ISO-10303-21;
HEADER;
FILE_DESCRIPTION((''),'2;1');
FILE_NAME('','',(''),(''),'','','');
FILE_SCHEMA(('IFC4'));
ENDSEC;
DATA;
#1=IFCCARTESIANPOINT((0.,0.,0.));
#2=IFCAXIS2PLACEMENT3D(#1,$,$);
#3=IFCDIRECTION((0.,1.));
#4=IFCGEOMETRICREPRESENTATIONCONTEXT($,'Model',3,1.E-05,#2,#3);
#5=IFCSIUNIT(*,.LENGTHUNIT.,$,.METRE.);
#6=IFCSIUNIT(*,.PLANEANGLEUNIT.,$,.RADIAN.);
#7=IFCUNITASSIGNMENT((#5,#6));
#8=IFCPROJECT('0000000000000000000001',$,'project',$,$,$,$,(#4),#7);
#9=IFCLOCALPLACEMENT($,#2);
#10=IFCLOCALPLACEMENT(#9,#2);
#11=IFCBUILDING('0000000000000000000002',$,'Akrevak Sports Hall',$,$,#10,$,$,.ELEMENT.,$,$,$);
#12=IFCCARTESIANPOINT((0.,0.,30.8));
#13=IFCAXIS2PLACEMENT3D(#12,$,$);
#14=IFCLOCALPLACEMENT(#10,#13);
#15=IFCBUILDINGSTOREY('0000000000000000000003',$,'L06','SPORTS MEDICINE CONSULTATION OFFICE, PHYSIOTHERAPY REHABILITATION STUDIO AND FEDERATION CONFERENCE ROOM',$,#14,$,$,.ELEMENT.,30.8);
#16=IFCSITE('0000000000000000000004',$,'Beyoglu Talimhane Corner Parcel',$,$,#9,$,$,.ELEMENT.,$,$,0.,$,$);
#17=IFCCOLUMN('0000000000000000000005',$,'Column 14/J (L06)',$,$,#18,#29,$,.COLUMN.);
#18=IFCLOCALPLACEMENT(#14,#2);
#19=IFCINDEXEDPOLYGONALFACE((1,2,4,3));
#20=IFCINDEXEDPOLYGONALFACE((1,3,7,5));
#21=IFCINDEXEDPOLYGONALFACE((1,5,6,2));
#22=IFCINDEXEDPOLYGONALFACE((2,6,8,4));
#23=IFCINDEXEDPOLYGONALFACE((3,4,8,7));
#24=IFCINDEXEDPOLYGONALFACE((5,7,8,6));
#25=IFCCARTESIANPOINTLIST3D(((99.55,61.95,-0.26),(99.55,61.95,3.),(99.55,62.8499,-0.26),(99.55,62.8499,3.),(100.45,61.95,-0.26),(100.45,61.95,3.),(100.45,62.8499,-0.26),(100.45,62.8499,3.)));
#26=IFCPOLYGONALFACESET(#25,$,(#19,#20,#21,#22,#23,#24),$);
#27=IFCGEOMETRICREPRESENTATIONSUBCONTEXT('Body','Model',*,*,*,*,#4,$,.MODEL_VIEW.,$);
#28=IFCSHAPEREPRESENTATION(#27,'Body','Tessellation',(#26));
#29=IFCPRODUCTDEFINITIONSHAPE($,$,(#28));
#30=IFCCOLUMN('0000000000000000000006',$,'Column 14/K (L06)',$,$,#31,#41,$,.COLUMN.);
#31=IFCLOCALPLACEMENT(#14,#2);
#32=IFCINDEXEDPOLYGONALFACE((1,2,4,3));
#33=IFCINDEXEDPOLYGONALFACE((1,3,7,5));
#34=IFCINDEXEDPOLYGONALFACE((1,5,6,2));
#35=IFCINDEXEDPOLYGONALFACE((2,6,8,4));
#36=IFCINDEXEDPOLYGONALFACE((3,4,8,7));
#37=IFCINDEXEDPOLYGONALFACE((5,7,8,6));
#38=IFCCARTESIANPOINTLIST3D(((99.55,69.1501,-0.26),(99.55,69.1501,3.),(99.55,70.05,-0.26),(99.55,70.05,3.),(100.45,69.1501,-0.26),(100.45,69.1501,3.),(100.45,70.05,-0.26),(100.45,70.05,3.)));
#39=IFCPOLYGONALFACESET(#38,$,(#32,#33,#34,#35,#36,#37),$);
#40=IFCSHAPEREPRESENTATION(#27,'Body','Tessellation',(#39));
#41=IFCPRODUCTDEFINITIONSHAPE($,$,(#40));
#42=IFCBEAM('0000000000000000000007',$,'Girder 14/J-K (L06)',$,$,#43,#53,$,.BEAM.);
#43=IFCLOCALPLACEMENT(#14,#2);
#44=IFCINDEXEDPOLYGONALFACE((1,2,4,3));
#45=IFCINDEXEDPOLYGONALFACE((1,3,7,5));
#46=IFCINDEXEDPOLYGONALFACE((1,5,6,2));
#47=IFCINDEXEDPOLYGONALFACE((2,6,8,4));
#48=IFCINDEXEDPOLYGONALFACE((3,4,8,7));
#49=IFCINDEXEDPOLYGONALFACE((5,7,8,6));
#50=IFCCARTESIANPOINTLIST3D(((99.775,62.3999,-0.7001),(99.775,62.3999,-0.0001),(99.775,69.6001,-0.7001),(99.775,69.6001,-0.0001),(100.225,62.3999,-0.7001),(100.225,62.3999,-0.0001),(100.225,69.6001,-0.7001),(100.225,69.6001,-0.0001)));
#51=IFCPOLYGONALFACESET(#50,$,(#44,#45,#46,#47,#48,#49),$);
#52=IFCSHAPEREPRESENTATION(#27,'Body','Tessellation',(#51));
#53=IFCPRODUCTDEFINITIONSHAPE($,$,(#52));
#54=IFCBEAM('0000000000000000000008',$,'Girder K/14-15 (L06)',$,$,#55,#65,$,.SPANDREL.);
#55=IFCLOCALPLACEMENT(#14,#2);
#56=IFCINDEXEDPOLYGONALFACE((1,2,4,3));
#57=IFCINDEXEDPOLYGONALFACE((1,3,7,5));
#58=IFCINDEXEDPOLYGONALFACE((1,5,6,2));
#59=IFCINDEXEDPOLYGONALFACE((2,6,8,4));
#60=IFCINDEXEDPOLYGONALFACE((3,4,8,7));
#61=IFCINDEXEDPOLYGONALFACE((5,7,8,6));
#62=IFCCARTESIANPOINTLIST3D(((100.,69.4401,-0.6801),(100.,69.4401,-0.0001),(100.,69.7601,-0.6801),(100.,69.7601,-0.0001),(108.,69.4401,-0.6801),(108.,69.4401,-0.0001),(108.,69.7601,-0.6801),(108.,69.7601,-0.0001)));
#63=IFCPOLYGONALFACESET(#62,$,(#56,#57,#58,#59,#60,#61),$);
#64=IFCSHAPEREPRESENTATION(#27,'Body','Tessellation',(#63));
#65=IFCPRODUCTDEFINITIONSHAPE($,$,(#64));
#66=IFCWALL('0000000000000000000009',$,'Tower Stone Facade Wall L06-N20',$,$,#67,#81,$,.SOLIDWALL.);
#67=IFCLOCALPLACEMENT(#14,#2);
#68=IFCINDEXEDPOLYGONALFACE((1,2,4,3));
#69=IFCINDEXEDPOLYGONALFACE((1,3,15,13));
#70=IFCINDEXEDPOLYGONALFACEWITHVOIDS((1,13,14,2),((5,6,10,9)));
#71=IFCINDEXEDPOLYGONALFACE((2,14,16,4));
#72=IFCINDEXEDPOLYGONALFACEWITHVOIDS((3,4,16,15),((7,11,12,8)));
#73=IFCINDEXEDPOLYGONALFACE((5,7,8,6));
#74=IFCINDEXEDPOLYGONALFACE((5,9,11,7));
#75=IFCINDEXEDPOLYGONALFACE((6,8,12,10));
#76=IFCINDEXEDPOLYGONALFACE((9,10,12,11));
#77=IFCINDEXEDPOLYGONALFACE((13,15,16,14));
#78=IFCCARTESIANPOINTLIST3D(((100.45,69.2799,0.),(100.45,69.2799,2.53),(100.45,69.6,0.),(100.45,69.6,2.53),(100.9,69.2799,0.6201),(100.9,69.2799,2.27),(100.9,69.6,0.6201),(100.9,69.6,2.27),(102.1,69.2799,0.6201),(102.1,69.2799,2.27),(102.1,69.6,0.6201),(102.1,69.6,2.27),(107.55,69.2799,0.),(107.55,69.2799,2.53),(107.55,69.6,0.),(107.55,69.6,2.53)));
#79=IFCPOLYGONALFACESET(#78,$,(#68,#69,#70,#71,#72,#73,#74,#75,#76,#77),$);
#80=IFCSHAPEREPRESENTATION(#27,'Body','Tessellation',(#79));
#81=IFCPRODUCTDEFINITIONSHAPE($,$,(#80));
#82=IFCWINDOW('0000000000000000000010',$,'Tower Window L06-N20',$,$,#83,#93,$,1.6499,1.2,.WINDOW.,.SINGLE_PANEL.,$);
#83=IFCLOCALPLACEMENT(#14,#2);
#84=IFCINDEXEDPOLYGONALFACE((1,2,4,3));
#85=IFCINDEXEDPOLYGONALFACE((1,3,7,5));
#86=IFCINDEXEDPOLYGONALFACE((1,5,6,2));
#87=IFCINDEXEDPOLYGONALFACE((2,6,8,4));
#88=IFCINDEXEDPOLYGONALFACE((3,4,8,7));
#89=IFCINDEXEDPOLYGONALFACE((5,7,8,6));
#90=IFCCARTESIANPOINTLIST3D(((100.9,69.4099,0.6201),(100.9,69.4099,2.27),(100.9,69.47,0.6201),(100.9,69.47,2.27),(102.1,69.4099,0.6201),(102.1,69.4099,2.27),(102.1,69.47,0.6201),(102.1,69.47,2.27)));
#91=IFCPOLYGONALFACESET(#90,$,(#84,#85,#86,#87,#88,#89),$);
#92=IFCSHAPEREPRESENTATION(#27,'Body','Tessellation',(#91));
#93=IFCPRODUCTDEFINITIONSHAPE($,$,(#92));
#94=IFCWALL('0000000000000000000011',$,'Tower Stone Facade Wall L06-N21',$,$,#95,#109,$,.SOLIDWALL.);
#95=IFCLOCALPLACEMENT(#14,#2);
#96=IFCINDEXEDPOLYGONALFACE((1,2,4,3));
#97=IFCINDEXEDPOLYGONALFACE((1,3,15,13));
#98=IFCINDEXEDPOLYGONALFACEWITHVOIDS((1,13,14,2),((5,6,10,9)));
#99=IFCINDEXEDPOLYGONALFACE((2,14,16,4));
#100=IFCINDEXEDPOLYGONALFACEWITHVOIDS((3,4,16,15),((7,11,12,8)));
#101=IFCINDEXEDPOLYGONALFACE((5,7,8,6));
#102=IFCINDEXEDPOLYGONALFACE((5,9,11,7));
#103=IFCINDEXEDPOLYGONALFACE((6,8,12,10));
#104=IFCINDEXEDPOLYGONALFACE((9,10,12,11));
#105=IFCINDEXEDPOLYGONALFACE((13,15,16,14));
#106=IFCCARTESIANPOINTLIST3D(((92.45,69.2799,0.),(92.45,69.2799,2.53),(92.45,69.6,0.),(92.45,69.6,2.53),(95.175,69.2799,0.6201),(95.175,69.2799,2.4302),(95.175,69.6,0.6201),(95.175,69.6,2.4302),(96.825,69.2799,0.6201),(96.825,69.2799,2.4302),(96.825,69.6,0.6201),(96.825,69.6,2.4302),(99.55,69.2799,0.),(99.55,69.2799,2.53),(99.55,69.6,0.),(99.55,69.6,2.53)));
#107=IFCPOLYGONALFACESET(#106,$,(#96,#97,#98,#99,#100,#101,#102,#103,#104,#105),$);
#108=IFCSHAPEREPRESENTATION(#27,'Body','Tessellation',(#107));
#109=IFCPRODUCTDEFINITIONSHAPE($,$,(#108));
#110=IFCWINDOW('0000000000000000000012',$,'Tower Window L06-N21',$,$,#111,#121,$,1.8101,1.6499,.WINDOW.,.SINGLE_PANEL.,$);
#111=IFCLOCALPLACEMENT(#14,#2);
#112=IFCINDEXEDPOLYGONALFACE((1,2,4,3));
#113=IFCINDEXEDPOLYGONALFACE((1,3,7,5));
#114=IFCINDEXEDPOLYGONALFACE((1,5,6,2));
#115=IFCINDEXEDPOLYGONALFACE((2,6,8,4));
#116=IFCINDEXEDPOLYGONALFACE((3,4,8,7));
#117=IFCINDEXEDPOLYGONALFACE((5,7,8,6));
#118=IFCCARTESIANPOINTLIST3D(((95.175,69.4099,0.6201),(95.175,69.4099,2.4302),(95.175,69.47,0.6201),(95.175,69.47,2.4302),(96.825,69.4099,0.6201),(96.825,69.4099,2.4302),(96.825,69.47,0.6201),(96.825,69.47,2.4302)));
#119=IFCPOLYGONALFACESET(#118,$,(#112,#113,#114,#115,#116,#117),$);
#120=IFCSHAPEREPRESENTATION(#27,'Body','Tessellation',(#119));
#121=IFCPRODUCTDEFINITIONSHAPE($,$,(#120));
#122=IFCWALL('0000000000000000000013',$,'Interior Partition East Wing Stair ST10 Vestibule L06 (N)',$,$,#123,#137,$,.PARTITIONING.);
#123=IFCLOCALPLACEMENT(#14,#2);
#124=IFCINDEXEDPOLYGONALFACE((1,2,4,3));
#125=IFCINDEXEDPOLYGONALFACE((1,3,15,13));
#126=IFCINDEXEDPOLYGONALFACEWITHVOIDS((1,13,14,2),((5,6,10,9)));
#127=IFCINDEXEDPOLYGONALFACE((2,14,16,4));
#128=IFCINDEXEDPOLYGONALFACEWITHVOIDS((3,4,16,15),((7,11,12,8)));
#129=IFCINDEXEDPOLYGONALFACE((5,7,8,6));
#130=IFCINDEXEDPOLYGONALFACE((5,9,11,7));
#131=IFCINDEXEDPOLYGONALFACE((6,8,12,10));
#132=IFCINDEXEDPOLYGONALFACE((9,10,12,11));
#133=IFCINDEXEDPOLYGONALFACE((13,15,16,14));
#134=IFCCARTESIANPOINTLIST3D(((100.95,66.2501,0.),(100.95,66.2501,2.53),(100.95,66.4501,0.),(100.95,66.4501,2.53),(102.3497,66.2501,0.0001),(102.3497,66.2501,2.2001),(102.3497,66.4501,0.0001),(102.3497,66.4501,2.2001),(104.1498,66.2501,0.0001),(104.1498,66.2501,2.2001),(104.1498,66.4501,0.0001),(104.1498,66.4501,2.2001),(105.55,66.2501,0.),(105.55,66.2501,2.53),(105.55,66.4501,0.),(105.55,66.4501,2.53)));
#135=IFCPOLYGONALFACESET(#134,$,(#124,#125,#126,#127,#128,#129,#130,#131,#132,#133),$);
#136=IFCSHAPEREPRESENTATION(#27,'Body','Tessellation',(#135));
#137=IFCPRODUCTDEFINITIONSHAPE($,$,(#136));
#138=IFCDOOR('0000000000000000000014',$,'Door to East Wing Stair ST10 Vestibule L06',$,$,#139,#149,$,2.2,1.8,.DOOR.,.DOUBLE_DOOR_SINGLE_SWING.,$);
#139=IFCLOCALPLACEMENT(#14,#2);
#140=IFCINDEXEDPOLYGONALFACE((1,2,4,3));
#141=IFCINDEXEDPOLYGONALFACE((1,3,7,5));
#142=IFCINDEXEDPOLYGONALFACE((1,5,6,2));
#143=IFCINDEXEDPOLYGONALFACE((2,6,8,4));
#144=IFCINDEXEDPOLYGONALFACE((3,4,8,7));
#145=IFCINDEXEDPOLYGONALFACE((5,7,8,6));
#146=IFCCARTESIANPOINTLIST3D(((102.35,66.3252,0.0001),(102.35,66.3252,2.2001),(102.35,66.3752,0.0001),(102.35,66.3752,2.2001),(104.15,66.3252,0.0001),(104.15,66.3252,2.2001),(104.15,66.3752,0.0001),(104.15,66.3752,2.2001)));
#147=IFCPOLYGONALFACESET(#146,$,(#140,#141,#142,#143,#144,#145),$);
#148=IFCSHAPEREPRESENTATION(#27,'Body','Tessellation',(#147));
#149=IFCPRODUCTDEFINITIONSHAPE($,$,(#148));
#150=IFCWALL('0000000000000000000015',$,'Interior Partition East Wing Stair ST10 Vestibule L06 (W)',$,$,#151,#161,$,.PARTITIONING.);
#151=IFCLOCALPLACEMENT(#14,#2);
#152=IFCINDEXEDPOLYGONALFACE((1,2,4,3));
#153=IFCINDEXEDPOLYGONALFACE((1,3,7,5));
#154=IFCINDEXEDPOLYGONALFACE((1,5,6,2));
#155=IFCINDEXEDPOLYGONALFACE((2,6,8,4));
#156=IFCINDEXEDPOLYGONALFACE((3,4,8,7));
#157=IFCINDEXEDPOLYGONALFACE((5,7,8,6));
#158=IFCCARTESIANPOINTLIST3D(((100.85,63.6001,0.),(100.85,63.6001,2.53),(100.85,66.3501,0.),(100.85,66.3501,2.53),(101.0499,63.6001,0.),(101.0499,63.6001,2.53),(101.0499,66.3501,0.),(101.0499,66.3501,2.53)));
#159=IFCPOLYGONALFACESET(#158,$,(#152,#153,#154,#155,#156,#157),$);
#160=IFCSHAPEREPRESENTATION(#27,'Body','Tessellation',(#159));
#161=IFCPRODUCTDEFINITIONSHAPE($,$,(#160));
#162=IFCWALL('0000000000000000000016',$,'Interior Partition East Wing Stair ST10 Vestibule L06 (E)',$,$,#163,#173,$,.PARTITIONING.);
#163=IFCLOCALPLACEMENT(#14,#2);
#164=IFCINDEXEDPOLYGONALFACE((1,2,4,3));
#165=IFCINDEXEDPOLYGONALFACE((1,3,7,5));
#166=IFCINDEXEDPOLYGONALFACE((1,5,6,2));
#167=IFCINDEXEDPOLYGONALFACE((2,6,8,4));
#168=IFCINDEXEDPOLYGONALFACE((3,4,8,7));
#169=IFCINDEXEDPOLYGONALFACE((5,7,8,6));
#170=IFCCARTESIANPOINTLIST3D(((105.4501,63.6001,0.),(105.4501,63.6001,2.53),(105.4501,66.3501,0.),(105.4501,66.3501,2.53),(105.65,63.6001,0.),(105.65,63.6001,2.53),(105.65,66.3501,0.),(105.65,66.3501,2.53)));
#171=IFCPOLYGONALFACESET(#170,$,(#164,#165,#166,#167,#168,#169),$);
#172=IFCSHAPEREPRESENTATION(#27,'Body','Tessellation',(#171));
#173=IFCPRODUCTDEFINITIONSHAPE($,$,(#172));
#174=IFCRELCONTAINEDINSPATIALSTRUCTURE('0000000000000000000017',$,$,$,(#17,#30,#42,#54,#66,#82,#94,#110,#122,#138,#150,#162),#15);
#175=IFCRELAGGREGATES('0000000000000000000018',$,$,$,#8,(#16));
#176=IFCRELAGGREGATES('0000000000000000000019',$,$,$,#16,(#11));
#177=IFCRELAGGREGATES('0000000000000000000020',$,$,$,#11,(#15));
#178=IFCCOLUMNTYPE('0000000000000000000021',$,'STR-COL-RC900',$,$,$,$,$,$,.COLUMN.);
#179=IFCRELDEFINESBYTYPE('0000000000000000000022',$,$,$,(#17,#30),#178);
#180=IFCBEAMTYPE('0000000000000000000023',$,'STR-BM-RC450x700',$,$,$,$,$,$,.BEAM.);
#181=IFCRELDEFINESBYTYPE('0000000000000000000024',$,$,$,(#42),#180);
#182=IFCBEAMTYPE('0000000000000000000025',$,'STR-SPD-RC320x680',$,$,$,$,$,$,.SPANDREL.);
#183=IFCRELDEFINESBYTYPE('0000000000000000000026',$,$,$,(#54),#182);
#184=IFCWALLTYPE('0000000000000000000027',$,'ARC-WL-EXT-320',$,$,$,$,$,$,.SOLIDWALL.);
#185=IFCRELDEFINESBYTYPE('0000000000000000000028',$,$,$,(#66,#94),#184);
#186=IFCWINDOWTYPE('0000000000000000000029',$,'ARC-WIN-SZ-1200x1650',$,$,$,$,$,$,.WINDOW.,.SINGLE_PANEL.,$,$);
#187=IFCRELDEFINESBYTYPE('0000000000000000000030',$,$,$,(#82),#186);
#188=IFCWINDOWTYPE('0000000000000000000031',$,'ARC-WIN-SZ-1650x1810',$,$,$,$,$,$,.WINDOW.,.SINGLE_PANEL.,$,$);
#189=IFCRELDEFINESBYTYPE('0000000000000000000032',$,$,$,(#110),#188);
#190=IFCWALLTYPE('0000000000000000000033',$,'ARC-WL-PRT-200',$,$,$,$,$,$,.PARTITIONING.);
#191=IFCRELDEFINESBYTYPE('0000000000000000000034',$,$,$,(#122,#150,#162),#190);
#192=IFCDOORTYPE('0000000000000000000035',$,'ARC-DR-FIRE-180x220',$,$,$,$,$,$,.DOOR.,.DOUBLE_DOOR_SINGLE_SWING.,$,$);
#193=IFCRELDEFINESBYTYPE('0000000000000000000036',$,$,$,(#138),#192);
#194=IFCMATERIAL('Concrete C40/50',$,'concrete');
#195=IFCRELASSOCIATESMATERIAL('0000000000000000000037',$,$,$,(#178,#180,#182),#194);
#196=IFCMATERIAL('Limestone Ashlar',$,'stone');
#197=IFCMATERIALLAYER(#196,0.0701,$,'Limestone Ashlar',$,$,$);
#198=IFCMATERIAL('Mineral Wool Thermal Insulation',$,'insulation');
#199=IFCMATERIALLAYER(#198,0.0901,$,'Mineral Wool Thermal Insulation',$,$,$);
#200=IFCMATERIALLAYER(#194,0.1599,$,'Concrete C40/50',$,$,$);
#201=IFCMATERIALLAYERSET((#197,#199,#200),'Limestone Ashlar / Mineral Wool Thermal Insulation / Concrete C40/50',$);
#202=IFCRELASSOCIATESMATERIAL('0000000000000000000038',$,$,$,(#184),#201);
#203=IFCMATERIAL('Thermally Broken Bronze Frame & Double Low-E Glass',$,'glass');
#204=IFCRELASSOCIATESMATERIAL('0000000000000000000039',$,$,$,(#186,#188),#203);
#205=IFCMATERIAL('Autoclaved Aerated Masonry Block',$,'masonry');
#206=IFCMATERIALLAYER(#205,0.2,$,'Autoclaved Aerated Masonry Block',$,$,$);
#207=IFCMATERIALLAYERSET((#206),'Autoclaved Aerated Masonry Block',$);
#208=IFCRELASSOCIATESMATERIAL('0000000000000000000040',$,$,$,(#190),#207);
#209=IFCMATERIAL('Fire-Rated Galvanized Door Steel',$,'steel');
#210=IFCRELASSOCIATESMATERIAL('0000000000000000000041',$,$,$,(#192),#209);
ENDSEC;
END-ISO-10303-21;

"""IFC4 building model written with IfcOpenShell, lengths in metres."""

from ifc_helpers import new_model, si_unit, direction, frame, frame_2d, origin, origin_2d, place, context, subcontext, project, spatial, rectangle, extrude, material, layer, layer_set, material_profile, profile_set, type_object, element, fill, save


model = new_model("IFC4")

# Units and contexts
model_context = context("Model", 3, precision=1e-05, world=origin(), true_north=direction((0.0, 1.0)))
body_context = subcontext(model_context, "Body", "Model", "MODEL_VIEW")
ifc_project = project(units=[si_unit("LENGTHUNIT", "METRE"), si_unit("PLANEANGLEUNIT", "RADIAN")], contexts=[model_context])

# Site, building, storey
site_placement = place(None, origin())
site = spatial("IfcSite", under=ifc_project, at=site_placement, Name="Beyoglu Talimhane Corner Parcel", CompositionType="ELEMENT", RefElevation=0.0)
building_placement = place(site_placement, origin())
building = spatial("IfcBuilding", under=site, at=building_placement, Name="Akrevak Sports Hall", CompositionType="ELEMENT")
storey_placement = place(building_placement, frame((0.0, 0.0, 30.8)))
storey = spatial("IfcBuildingStorey", under=building, at=storey_placement, Name="L06", Description="SPORTS MEDICINE CONSULTATION OFFICE, PHYSIOTHERAPY REHABILITATION STUDIO AND FEDERATION CONFERENCE ROOM", CompositionType="ELEMENT", Elevation=30.8)

# Columns
ifc_material_1 = material(Name="Concrete C40/50", Category="concrete")
ifc_material_profile_1 = material_profile(ifc_material_1, rectangle(XDim=0.8999, YDim=0.8999, at=origin_2d()), Name="RC 900x900", Category="concrete")
ifc_profile_set_1 = profile_set([ifc_material_profile_1], Name="Concrete C40/50")
column_type = type_object("IfcColumnType", Name="STR-COL-RC900", PredefinedType="COLUMN", material=ifc_profile_set_1)
for number, where, z_axis, x_axis, name in (
    (1, (100.0, 62.3999, -0.26), (0.0, 0.0, 1.0), (1.0, 0.0, 0.0), "Column 14/J (L06)"),
    (2, (100.0, 69.6001, -0.26), (0.0, 0.0, 1.0), (1.0, 0.0, 0.0), "Column 14/K (L06)"),
):
    element("IfcColumn", number, at=place(storey_placement, frame(where, z_axis=z_axis, x_axis=x_axis)), inside=storey, type_object=column_type, Name=name, PredefinedType="COLUMN", context=body_context, shape_type="SweptSolid", body=[
        extrude(rectangle(XDim=0.8999, YDim=0.8999, at=origin_2d()), origin(), (0.0, 0.0, 1.0), 3.26),
    ])

# Beams
ifc_material_profile_2 = material_profile(ifc_material_1, rectangle(XDim=0.45, YDim=0.7, at=origin_2d()), Name="BM 450x700", Category="concrete")
ifc_profile_set_2 = profile_set([ifc_material_profile_2], Name="Concrete C40/50")
beam_type_1 = type_object("IfcBeamType", Name="STR-BM-RC450x700", PredefinedType="BEAM", material=ifc_profile_set_2)
beam_1_placement = place(storey_placement, frame((100.0, 62.3999, -0.3501), z_axis=(0.0, 1.0, 0.0), x_axis=(-1.0, 0.0, 0.0)))
element("IfcBeam", 3, at=beam_1_placement, inside=storey, type_object=beam_type_1, Name="Girder 14/J-K (L06)", PredefinedType="BEAM", context=body_context, shape_type="SweptSolid", body=[
    extrude(rectangle(XDim=0.45, YDim=0.7, at=origin_2d()), origin(), (0.0, 0.0, 1.0), 7.2002),
])
ifc_material_profile_3 = material_profile(ifc_material_1, rectangle(XDim=0.3201, YDim=0.6799, at=origin_2d()), Name="SPD 320x680", Category="concrete")
ifc_profile_set_3 = profile_set([ifc_material_profile_3], Name="Concrete C40/50")
beam_type_2 = type_object("IfcBeamType", Name="STR-SPD-RC320x680", PredefinedType="SPANDREL", material=ifc_profile_set_3)
beam_2_placement = place(storey_placement, frame((100.0, 69.6001, -0.3401), z_axis=(1.0, 0.0, 0.0), x_axis=(0.0, 1.0, 0.0)))
element("IfcBeam", 4, at=beam_2_placement, inside=storey, type_object=beam_type_2, Name="Girder K/14-15 (L06)", PredefinedType="SPANDREL", context=body_context, shape_type="SweptSolid", body=[
    extrude(rectangle(XDim=0.3201, YDim=0.6799, at=origin_2d()), origin(), (0.0, 0.0, 1.0), 8.0),
])

# Walls, openings, windows
ifc_material_2 = material(Name="Limestone Ashlar", Category="stone")
ifc_layer_1 = layer(ifc_material_2, 0.0701, Name="Limestone Ashlar")
ifc_material_3 = material(Name="Mineral Wool Thermal Insulation", Category="insulation")
ifc_layer_2 = layer(ifc_material_3, 0.0901, Name="Mineral Wool Thermal Insulation")
ifc_layer_3 = layer(ifc_material_1, 0.1599, Name="Concrete C40/50")
ifc_layer_set_1 = layer_set([ifc_layer_1, ifc_layer_2, ifc_layer_3], Name="Limestone Ashlar / Mineral Wool Thermal Insulation / Concrete C40/50")
wall_type_1 = type_object("IfcWallType", Name="ARC-WL-EXT-320", PredefinedType="SOLIDWALL", material=ifc_layer_set_1)
wall_1_placement = place(storey_placement, frame((107.55, 69.4399, 0.0), z_axis=(0.0, 0.0, 1.0), x_axis=(-1.0, 0.0, 0.0)))
wall_1 = element("IfcWall", 5, at=wall_1_placement, inside=storey, type_object=wall_type_1, Name="Tower Stone Facade Wall L06-N20", PredefinedType="SOLIDWALL", context=body_context, shape_type="SweptSolid", body=[
    extrude(rectangle(XDim=7.1001, YDim=0.3201, at=frame_2d((3.55, 0.0))), origin(), (0.0, 0.0, 1.0), 2.53),
])
opening_1_placement = place(wall_1_placement, frame((5.45, 0.0, 0.6201)))
opening_1 = element("IfcOpeningElement", 6, at=opening_1_placement, cuts=wall_1, PredefinedType="OPENING", context=body_context, shape_type="SweptSolid", body=[
    extrude(rectangle(XDim=1.2, YDim=1.6499, at=frame_2d((0.6001, 0.825))), frame((0.0, 0.1719, 0.0), z_axis=(0.0, -1.0, 0.0), x_axis=(1.0, 0.0, 0.0)), (0.0, 0.0, 1.0), 0.344),
])
ifc_material_4 = material(Name="Thermally Broken Bronze Frame & Double Low-E Glass", Category="glass")
window_type_1 = type_object("IfcWindowType", Name="ARC-WIN-SZ-1200x1650", PartitioningType="SINGLE_PANEL", PredefinedType="WINDOW", material=ifc_material_4)
window_1_placement = place(opening_1_placement, origin())
window_1 = element("IfcWindow", 7, at=window_1_placement, inside=storey, type_object=window_type_1, Name="Tower Window L06-N20", OverallHeight=1.6499, OverallWidth=1.2, PartitioningType="SINGLE_PANEL", PredefinedType="WINDOW", context=body_context, shape_type="SweptSolid", body=[
    extrude(rectangle(XDim=1.2, YDim=1.6499, at=frame_2d((0.6001, 0.825))), frame((0.0, 0.03, 0.0), z_axis=(0.0, -1.0, 0.0), x_axis=(1.0, 0.0, 0.0)), (0.0, 0.0, 1.0), 0.0601),
])
fill(opening_1, window_1)
wall_2_placement = place(storey_placement, frame((99.55, 69.4399, 0.0), z_axis=(0.0, 0.0, 1.0), x_axis=(-1.0, 0.0, 0.0)))
wall_2 = element("IfcWall", 8, at=wall_2_placement, inside=storey, type_object=wall_type_1, Name="Tower Stone Facade Wall L06-N21", PredefinedType="SOLIDWALL", context=body_context, shape_type="SweptSolid", body=[
    extrude(rectangle(XDim=7.1001, YDim=0.3201, at=frame_2d((3.55, 0.0))), origin(), (0.0, 0.0, 1.0), 2.53),
])
opening_2_placement = place(wall_2_placement, frame((2.7251, 0.0, 0.6201)))
opening_2 = element("IfcOpeningElement", 9, at=opening_2_placement, cuts=wall_2, PredefinedType="OPENING", context=body_context, shape_type="SweptSolid", body=[
    extrude(rectangle(XDim=1.6499, YDim=1.8101, at=frame_2d((0.825, 0.905))), frame((0.0, 0.1719, 0.0), z_axis=(0.0, -1.0, 0.0), x_axis=(1.0, 0.0, 0.0)), (0.0, 0.0, 1.0), 0.344),
])
window_type_2 = type_object("IfcWindowType", Name="ARC-WIN-SZ-1650x1810", PartitioningType="SINGLE_PANEL", PredefinedType="WINDOW", material=ifc_material_4)
window_2_placement = place(opening_2_placement, origin())
window_2 = element("IfcWindow", 10, at=window_2_placement, inside=storey, type_object=window_type_2, Name="Tower Window L06-N21", OverallHeight=1.8101, OverallWidth=1.6499, PartitioningType="SINGLE_PANEL", PredefinedType="WINDOW", context=body_context, shape_type="SweptSolid", body=[
    extrude(rectangle(XDim=1.6499, YDim=1.8101, at=frame_2d((0.825, 0.905))), frame((0.0, 0.03, 0.0), z_axis=(0.0, -1.0, 0.0), x_axis=(1.0, 0.0, 0.0)), (0.0, 0.0, 1.0), 0.0601),
])
fill(opening_2, window_2)

# Wall, opening, door
ifc_material_5 = material(Name="Autoclaved Aerated Masonry Block", Category="masonry")
ifc_layer_4 = layer(ifc_material_5, 0.2, Name="Autoclaved Aerated Masonry Block")
ifc_layer_set_2 = layer_set([ifc_layer_4], Name="Autoclaved Aerated Masonry Block")
wall_type_2 = type_object("IfcWallType", Name="ARC-WL-PRT-200", PredefinedType="PARTITIONING", material=ifc_layer_set_2)
wall_3_placement = place(storey_placement, frame((100.95, 66.3501, 0.0), z_axis=(0.0, 0.0, 1.0), x_axis=(1.0, 0.0, 0.0)))
wall_3 = element("IfcWall", 11, at=wall_3_placement, inside=storey, type_object=wall_type_2, Name="Interior Partition East Wing Stair ST10 Vestibule L06 (N)", PredefinedType="PARTITIONING", context=body_context, shape_type="SweptSolid", body=[
    extrude(rectangle(XDim=4.6001, YDim=0.2, at=frame_2d((2.3, 0.0))), origin(), (0.0, 0.0, 1.0), 2.53),
])
opening_3_placement = place(wall_3_placement, frame((1.3999, 0.0, 0.0)))
opening_3 = element("IfcOpeningElement", 12, at=opening_3_placement, cuts=wall_3, PredefinedType="OPENING", context=body_context, shape_type="SweptSolid", body=[
    extrude(rectangle(XDim=1.8, YDim=2.2, at=frame_2d((0.8999, 1.1001))), frame((0.0, 0.1118, 0.0), z_axis=(0.0, -1.0, 0.0), x_axis=(1.0, 0.0, 0.0)), (0.0, 0.0, 1.0), 0.2239),
])
ifc_material_6 = material(Name="Fire-Rated Galvanized Door Steel", Category="steel")
door_type_1 = type_object("IfcDoorType", Name="ARC-DR-FIRE-180x220", OperationType="DOUBLE_DOOR_SINGLE_SWING", PredefinedType="DOOR", material=ifc_material_6)
door_1_placement = place(opening_3_placement, frame((1.8, 0.0, 0.0), z_axis=(0.0, 0.0, 1.0), x_axis=(-1.0, 0.0, 0.0)))
door_1 = element("IfcDoor", 13, at=door_1_placement, inside=storey, type_object=door_type_1, Name="Door to East Wing Stair ST10 Vestibule L06", OperationType="DOUBLE_DOOR_SINGLE_SWING", OverallHeight=2.2, OverallWidth=1.8, PredefinedType="DOOR", context=body_context, shape_type="SweptSolid", body=[
    extrude(rectangle(XDim=1.8, YDim=2.2, at=frame_2d((0.8999, 1.1001))), frame((0.0, 0.0249, 0.0), z_axis=(0.0, -1.0, 0.0), x_axis=(1.0, 0.0, 0.0)), (0.0, 0.0, 1.0), 0.05),
])
fill(opening_3, door_1)

# Walls
for number, where, z_axis, x_axis, name in (
    (14, (100.95, 63.6001, 0.0), (0.0, 0.0, 1.0), (0.0, 1.0, 0.0), "Interior Partition East Wing Stair ST10 Vestibule L06 (W)"),
    (15, (105.55, 63.6001, 0.0), (0.0, 0.0, 1.0), (0.0, 1.0, 0.0), "Interior Partition East Wing Stair ST10 Vestibule L06 (E)"),
):
    element("IfcWall", number, at=place(storey_placement, frame(where, z_axis=z_axis, x_axis=x_axis)), inside=storey, type_object=wall_type_2, Name=name, PredefinedType="PARTITIONING", context=body_context, shape_type="SweptSolid", body=[
        extrude(rectangle(XDim=2.75, YDim=0.2, at=frame_2d((1.375, 0.0))), origin(), (0.0, 0.0, 1.0), 2.53),
    ])

save(model, "model.ifc")
